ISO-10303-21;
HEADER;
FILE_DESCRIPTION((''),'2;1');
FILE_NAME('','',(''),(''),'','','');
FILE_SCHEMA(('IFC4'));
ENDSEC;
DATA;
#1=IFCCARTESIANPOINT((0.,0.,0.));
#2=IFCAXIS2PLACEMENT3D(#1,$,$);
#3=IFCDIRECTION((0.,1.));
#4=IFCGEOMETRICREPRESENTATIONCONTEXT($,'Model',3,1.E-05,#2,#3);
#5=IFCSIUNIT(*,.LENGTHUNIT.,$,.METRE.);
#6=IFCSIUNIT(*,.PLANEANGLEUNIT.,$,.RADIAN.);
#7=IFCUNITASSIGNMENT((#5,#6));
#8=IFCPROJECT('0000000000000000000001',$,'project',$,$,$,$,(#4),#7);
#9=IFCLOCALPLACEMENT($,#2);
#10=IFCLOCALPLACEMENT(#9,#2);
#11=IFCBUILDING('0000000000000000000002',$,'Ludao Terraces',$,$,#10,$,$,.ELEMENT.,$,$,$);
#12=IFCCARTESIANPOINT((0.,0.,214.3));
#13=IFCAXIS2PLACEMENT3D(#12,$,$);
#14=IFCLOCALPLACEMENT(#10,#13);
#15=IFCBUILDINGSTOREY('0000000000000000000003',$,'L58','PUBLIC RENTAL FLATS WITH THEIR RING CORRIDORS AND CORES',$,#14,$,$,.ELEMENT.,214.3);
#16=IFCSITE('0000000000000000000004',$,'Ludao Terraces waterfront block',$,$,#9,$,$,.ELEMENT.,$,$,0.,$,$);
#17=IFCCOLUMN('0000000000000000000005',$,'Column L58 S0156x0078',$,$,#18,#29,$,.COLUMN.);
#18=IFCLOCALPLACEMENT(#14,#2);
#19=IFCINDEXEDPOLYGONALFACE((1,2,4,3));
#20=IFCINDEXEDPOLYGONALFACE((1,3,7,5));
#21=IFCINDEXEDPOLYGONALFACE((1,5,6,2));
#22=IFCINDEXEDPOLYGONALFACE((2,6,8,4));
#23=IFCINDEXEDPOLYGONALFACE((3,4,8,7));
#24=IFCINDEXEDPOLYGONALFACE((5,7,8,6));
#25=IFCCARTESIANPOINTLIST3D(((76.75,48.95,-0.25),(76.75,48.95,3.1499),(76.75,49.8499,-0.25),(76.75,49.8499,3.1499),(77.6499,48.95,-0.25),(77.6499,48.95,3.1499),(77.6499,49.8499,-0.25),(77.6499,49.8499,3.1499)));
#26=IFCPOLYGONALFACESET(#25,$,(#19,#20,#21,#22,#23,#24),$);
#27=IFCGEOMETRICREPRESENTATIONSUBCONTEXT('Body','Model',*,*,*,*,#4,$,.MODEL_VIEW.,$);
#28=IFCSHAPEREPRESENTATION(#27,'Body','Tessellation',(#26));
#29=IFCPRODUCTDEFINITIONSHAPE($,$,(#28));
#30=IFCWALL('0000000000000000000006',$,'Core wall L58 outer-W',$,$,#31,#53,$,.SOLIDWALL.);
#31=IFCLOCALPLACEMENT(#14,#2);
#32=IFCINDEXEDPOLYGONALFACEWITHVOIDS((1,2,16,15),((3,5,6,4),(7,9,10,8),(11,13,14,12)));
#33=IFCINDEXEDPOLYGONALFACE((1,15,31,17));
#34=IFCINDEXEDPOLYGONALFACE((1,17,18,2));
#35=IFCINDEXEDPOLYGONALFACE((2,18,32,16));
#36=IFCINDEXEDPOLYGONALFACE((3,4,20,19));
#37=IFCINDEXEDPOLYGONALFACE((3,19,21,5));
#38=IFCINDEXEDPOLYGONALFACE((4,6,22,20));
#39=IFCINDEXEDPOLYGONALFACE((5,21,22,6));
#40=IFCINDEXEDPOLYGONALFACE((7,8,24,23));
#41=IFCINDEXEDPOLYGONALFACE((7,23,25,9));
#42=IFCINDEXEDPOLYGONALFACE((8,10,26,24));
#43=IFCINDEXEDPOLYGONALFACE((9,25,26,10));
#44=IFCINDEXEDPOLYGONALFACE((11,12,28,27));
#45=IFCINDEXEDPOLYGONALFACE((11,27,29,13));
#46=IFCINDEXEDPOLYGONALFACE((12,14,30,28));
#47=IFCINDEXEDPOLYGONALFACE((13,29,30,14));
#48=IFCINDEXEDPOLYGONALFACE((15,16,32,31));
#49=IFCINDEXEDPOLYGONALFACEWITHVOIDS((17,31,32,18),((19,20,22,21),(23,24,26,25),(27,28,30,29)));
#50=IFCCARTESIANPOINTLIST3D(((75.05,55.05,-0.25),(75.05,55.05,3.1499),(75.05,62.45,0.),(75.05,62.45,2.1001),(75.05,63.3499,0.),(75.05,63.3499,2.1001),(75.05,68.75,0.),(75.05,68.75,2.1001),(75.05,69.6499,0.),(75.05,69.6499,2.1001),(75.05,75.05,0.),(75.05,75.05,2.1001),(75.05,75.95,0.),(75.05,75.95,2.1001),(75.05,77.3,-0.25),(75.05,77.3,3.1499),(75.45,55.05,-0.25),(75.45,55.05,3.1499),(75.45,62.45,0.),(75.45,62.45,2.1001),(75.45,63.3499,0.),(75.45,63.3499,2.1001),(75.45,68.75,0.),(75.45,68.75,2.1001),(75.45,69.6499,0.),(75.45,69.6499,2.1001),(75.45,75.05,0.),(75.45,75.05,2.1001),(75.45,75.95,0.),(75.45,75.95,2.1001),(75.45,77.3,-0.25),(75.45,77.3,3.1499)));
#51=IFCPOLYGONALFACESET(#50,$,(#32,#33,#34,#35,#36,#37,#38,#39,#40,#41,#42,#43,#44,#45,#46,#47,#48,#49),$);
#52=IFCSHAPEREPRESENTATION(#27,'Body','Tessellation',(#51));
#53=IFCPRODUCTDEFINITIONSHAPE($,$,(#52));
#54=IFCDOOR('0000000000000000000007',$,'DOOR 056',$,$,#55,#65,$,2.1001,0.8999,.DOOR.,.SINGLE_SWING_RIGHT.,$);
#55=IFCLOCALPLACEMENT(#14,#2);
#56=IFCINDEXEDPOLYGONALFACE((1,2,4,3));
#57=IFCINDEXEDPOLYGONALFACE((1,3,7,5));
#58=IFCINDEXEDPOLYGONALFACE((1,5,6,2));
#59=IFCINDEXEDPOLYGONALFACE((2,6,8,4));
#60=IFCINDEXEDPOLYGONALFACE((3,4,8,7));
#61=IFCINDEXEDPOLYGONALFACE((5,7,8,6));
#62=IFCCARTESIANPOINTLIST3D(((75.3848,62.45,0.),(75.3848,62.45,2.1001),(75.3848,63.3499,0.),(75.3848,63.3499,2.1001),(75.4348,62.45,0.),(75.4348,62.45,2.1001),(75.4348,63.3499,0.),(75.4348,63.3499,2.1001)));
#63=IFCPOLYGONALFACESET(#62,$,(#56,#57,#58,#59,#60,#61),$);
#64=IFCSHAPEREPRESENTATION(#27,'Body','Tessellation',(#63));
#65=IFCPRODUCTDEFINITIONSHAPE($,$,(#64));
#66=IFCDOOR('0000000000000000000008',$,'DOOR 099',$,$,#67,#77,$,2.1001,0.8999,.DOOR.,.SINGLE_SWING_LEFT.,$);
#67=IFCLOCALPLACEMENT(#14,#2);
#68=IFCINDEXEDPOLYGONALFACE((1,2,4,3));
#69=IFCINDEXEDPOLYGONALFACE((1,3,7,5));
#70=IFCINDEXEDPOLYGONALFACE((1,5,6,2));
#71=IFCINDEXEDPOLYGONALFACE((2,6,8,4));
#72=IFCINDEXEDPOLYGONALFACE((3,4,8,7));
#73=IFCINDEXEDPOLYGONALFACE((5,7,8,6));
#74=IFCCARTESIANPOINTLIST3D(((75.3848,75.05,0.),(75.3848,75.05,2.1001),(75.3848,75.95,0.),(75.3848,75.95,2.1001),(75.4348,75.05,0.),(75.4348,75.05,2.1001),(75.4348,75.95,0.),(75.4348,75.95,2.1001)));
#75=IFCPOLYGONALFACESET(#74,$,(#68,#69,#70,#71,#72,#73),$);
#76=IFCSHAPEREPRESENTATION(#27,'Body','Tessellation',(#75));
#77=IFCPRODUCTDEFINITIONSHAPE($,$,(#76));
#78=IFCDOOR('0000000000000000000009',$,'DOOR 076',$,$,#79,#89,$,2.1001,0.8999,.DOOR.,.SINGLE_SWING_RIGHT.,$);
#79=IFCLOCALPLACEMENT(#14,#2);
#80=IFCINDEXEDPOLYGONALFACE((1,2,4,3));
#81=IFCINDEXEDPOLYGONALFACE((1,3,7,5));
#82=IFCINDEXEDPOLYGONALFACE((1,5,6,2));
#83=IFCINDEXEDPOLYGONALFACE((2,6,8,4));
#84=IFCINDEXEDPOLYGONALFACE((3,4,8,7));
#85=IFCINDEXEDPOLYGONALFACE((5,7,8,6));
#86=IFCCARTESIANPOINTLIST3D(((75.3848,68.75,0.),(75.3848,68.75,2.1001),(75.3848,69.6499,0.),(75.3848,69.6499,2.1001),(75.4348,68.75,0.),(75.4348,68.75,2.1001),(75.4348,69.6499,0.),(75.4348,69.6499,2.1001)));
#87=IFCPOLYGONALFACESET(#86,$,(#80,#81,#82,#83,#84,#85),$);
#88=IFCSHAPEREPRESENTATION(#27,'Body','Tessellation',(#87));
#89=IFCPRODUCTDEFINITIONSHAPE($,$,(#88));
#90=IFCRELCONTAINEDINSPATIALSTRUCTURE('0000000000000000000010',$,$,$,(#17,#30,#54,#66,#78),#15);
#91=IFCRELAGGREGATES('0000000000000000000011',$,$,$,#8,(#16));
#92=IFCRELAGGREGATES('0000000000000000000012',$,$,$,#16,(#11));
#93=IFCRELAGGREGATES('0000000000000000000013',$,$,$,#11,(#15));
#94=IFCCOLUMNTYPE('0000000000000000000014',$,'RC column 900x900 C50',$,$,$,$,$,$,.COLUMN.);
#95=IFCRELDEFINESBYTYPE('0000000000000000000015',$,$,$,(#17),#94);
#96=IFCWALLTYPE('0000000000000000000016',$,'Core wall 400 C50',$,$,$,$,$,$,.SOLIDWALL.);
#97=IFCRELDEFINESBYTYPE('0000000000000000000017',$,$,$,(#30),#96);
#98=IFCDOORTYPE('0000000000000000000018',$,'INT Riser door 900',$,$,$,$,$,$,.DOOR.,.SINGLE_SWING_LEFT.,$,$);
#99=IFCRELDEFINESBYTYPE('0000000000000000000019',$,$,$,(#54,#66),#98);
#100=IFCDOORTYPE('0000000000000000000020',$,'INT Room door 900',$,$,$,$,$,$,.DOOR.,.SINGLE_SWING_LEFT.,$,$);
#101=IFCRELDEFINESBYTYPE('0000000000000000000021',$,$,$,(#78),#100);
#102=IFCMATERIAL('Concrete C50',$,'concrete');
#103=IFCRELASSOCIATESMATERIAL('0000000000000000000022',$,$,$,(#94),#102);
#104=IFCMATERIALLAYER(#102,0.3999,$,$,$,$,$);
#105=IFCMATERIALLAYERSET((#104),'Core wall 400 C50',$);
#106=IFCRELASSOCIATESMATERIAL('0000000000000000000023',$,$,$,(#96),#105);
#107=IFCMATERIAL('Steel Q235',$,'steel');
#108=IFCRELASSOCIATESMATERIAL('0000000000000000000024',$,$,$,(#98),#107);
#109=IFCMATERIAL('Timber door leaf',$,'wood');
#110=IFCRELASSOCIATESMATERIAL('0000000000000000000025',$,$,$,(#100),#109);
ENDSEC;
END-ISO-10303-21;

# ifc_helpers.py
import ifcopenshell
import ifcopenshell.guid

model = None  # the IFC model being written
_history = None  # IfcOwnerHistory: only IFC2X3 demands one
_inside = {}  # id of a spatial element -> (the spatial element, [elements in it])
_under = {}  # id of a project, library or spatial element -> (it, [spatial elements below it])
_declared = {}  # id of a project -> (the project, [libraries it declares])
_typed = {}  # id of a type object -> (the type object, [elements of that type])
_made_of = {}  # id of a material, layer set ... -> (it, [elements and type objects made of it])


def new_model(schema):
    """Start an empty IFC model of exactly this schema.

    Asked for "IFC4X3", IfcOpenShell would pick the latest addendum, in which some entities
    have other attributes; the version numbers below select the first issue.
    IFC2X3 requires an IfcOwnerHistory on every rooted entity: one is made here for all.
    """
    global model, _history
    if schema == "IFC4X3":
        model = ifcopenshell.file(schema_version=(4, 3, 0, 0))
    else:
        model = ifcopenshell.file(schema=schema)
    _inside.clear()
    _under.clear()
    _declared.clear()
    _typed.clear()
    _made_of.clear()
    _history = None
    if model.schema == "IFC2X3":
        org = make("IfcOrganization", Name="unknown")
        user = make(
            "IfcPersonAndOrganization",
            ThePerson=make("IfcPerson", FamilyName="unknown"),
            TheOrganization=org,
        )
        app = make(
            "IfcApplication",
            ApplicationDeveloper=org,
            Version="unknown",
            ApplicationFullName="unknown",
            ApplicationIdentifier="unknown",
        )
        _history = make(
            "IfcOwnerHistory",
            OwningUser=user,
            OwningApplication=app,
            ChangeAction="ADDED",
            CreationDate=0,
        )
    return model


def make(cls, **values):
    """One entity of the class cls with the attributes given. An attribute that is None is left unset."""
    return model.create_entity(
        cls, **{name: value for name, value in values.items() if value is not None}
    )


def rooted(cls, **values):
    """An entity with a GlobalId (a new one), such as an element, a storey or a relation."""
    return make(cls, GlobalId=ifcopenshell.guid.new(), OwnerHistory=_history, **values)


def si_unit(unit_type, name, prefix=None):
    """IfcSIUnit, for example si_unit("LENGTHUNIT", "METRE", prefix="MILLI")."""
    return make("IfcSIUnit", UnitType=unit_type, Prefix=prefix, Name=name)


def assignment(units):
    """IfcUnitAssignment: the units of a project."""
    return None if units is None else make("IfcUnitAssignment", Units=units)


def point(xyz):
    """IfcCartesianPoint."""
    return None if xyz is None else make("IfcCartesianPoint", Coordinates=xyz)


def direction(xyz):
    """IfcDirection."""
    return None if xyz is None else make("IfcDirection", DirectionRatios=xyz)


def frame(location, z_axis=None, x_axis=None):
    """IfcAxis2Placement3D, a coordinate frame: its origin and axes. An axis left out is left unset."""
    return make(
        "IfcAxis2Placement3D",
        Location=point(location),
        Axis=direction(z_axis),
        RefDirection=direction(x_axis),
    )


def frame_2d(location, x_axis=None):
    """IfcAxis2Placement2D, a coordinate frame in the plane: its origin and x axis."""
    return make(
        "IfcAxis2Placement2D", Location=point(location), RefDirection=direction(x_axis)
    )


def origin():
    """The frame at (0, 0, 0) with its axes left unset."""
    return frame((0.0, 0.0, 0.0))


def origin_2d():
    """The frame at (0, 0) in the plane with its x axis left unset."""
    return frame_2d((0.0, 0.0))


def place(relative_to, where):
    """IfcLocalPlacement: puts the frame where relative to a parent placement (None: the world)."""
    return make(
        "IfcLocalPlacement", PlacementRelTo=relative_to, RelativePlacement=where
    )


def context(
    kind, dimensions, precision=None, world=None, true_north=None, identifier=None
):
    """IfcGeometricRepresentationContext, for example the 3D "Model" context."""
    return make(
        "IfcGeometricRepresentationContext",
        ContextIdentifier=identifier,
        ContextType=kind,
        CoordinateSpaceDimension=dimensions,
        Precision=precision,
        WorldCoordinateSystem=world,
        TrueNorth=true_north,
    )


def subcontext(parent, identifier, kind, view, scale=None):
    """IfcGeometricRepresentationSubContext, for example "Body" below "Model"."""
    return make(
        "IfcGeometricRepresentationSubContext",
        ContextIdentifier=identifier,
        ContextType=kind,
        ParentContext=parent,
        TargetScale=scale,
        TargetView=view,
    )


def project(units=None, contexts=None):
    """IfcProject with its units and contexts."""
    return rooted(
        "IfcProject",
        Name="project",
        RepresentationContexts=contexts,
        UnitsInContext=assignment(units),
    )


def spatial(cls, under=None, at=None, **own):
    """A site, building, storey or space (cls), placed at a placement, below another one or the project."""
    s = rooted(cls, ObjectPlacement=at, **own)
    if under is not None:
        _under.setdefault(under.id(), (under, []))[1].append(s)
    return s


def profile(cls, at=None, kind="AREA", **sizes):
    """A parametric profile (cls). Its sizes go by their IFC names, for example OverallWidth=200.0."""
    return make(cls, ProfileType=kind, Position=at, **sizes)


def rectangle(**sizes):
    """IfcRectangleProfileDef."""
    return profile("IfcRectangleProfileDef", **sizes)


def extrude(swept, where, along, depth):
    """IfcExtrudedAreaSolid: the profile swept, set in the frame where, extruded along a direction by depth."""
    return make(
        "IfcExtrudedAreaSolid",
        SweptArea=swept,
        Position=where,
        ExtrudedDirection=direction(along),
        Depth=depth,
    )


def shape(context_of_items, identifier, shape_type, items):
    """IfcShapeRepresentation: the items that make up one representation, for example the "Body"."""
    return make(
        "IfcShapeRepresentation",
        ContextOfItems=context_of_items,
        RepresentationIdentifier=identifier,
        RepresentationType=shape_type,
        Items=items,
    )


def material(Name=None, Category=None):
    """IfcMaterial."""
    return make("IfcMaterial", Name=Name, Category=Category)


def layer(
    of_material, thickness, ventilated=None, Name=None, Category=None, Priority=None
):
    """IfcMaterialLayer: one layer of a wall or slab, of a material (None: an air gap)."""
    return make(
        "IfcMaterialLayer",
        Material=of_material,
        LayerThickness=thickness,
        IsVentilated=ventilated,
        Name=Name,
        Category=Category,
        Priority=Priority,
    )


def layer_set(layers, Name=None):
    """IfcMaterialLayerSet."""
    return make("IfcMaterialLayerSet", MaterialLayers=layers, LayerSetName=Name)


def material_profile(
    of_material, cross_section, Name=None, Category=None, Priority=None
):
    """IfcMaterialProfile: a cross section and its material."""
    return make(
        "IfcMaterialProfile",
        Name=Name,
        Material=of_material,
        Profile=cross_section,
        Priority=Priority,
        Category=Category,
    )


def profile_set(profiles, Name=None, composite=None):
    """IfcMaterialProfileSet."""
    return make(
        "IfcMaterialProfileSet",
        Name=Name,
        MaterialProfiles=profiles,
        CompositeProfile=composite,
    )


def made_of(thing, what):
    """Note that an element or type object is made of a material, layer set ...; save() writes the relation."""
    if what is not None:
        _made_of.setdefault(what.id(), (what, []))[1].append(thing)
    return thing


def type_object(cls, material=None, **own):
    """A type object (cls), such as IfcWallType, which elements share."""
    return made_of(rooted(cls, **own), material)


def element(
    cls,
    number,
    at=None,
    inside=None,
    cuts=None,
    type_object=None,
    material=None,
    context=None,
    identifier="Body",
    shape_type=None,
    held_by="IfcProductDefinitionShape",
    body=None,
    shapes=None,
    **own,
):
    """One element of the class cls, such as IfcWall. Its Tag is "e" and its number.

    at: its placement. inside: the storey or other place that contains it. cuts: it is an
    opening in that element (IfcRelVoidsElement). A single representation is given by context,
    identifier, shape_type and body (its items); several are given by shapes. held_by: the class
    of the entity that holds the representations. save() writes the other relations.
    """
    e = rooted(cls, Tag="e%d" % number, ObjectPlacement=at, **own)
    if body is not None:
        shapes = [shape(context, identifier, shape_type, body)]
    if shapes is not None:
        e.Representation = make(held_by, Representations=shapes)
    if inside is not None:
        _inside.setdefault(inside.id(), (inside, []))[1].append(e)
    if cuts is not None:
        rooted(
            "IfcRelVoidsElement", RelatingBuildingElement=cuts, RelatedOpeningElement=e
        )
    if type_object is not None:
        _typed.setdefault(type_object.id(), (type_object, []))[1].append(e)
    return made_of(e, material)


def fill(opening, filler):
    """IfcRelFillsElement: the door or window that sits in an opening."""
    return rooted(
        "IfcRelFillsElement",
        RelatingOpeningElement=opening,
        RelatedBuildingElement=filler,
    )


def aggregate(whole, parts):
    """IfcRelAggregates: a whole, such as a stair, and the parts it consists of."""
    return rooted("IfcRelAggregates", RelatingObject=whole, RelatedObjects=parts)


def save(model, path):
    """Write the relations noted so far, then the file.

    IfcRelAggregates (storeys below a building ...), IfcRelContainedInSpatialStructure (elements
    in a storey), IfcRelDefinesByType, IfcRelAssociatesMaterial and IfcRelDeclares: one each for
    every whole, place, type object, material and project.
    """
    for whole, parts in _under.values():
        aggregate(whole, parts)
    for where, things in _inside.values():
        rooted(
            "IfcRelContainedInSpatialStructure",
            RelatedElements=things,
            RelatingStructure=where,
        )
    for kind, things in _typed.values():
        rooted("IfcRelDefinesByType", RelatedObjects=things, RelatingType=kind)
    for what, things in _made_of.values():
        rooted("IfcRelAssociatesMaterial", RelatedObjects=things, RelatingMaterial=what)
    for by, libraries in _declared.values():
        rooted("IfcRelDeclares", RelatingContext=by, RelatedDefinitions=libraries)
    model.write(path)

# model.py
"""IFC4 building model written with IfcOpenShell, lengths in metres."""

from ifc_helpers import new_model, si_unit, direction, frame, frame_2d, origin, origin_2d, place, context, subcontext, project, spatial, rectangle, extrude, material, layer, layer_set, material_profile, profile_set, type_object, element, fill, save


model = new_model("IFC4")

# Units and contexts
model_context = context("Model", 3, precision=1e-05, world=origin(), true_north=direction((0.0, 1.0)))
body_context = subcontext(model_context, "Body", "Model", "MODEL_VIEW")
ifc_project = project(units=[si_unit("LENGTHUNIT", "METRE"), si_unit("PLANEANGLEUNIT", "RADIAN")], contexts=[model_context])

# Site, building, storey
site_placement = place(None, origin())
site = spatial("IfcSite", under=ifc_project, at=site_placement, Name="Ludao Terraces waterfront block", CompositionType="ELEMENT", RefElevation=0.0)
building_placement = place(site_placement, origin())
building = spatial("IfcBuilding", under=site, at=building_placement, Name="Ludao Terraces", CompositionType="ELEMENT")
storey_placement = place(building_placement, frame((0.0, 0.0, 214.3)))
storey = spatial("IfcBuildingStorey", under=building, at=storey_placement, Name="L58", Description="PUBLIC RENTAL FLATS WITH THEIR RING CORRIDORS AND CORES", CompositionType="ELEMENT", Elevation=214.3)

# Column
ifc_material_1 = material(Name="Concrete C50", Category="concrete")
ifc_material_profile = material_profile(ifc_material_1, rectangle(XDim=0.8999, YDim=0.8999, at=origin_2d()), Name="900 X 900")
ifc_profile_set = profile_set([ifc_material_profile], Name="Concrete C50")
column_type = type_object("IfcColumnType", Name="RC column 900x900 C50", PredefinedType="COLUMN", material=ifc_profile_set)
column_placement = place(storey_placement, frame((77.2, 49.3999, -0.25), z_axis=(0.0, 0.0, 1.0), x_axis=(1.0, 0.0, 0.0)))
element("IfcColumn", 1, at=column_placement, inside=storey, type_object=column_type, Name="Column L58 S0156x0078", PredefinedType="COLUMN", context=body_context, shape_type="SweptSolid", body=[
    extrude(rectangle(XDim=0.8999, YDim=0.8999, at=origin_2d()), origin(), (0.0, 0.0, 1.0), 3.3999),
])

# Wall, openings, doors
ifc_layer_1 = layer(ifc_material_1, 0.3999)
ifc_layer_set_1 = layer_set([ifc_layer_1], Name="Core wall 400 C50")
wall_type_1 = type_object("IfcWallType", Name="Core wall 400 C50", PredefinedType="SOLIDWALL", material=ifc_layer_set_1)
wall_1_placement = place(storey_placement, frame((75.25, 55.05, -0.25), z_axis=(0.0, 0.0, 1.0), x_axis=(0.0, 1.0, 0.0)))
wall_1 = element("IfcWall", 2, at=wall_1_placement, inside=storey, type_object=wall_type_1, Name="Core wall L58 outer-W", PredefinedType="SOLIDWALL", context=body_context, shape_type="SweptSolid", body=[
    extrude(rectangle(XDim=22.25, YDim=0.3999, at=frame_2d((11.125, 0.0))), origin(), (0.0, 0.0, 1.0), 3.3999),
])
opening_1_placement = place(wall_1_placement, frame((7.3999, 0.0, 0.25)))
opening_1 = element("IfcOpeningElement", 3, at=opening_1_placement, cuts=wall_1, PredefinedType="OPENING", context=body_context, shape_type="SweptSolid", body=[
    extrude(rectangle(XDim=0.8999, YDim=2.1001, at=frame_2d((0.45, 1.05))), frame((0.0, 0.21, 0.0), z_axis=(0.0, -1.0, 0.0), x_axis=(1.0, 0.0, 0.0)), (0.0, 0.0, 1.0), 0.4199),
])
opening_2_placement = place(wall_1_placement, frame((13.7, 0.0, 0.25)))
opening_2 = element("IfcOpeningElement", 4, at=opening_2_placement, cuts=wall_1, PredefinedType="OPENING", context=body_context, shape_type="SweptSolid", body=[
    extrude(rectangle(XDim=0.8999, YDim=2.1001, at=frame_2d((0.45, 1.05))), frame((0.0, 0.21, 0.0), z_axis=(0.0, -1.0, 0.0), x_axis=(1.0, 0.0, 0.0)), (0.0, 0.0, 1.0), 0.4199),
])
opening_3_placement = place(wall_1_placement, frame((20.0, 0.0, 0.25)))
opening_3 = element("IfcOpeningElement", 5, at=opening_3_placement, cuts=wall_1, PredefinedType="OPENING", context=body_context, shape_type="SweptSolid", body=[
    extrude(rectangle(XDim=0.8999, YDim=2.1001, at=frame_2d((0.45, 1.05))), frame((0.0, 0.21, 0.0), z_axis=(0.0, -1.0, 0.0), x_axis=(1.0, 0.0, 0.0)), (0.0, 0.0, 1.0), 0.4199),
])
ifc_material_2 = material(Name="Steel Q235", Category="steel")
door_type_1 = type_object("IfcDoorType", Name="INT Riser door 900", OperationType="SINGLE_SWING_LEFT", PredefinedType="DOOR", material=ifc_material_2)
door_1_placement = place(opening_1_placement, origin())
door_1 = element("IfcDoor", 6, at=door_1_placement, inside=storey, type_object=door_type_1, Name="DOOR 056", OperationType="SINGLE_SWING_RIGHT", OverallHeight=2.1001, OverallWidth=0.8999, PredefinedType="DOOR", context=body_context, shape_type="SweptSolid", body=[
    extrude(rectangle(XDim=0.8999, YDim=2.1001, at=frame_2d((0.45, 1.05))), frame((0.0, -0.1348, 0.0), z_axis=(0.0, -1.0, 0.0), x_axis=(1.0, 0.0, 0.0)), (0.0, 0.0, 1.0), 0.05),
])
fill(opening_1, door_1)
door_2_placement = place(opening_3_placement, origin())
door_2 = element("IfcDoor", 7, at=door_2_placement, inside=storey, type_object=door_type_1, Name="DOOR 099", OperationType="SINGLE_SWING_LEFT", OverallHeight=2.1001, OverallWidth=0.8999, PredefinedType="DOOR", context=body_context, shape_type="SweptSolid", body=[
    extrude(rectangle(XDim=0.8999, YDim=2.1001, at=frame_2d((0.45, 1.05))), frame((0.0, -0.1348, 0.0), z_axis=(0.0, -1.0, 0.0), x_axis=(1.0, 0.0, 0.0)), (0.0, 0.0, 1.0), 0.05),
])
fill(opening_3, door_2)
ifc_material_3 = material(Name="Timber door leaf", Category="wood")
door_type_2 = type_object("IfcDoorType", Name="INT Room door 900", OperationType="SINGLE_SWING_LEFT", PredefinedType="DOOR", material=ifc_material_3)
door_3_placement = place(opening_2_placement, origin())
door_3 = element("IfcDoor", 8, at=door_3_placement, inside=storey, type_object=door_type_2, Name="DOOR 076", OperationType="SINGLE_SWING_RIGHT", OverallHeight=2.1001, OverallWidth=0.8999, PredefinedType="DOOR", context=body_context, shape_type="SweptSolid", body=[
    extrude(rectangle(XDim=0.8999, YDim=2.1001, at=frame_2d((0.45, 1.05))), frame((0.0, -0.1348, 0.0), z_axis=(0.0, -1.0, 0.0), x_axis=(1.0, 0.0, 0.0)), (0.0, 0.0, 1.0), 0.05),
])
fill(opening_2, door_3)

save(model, "model.ifc")
